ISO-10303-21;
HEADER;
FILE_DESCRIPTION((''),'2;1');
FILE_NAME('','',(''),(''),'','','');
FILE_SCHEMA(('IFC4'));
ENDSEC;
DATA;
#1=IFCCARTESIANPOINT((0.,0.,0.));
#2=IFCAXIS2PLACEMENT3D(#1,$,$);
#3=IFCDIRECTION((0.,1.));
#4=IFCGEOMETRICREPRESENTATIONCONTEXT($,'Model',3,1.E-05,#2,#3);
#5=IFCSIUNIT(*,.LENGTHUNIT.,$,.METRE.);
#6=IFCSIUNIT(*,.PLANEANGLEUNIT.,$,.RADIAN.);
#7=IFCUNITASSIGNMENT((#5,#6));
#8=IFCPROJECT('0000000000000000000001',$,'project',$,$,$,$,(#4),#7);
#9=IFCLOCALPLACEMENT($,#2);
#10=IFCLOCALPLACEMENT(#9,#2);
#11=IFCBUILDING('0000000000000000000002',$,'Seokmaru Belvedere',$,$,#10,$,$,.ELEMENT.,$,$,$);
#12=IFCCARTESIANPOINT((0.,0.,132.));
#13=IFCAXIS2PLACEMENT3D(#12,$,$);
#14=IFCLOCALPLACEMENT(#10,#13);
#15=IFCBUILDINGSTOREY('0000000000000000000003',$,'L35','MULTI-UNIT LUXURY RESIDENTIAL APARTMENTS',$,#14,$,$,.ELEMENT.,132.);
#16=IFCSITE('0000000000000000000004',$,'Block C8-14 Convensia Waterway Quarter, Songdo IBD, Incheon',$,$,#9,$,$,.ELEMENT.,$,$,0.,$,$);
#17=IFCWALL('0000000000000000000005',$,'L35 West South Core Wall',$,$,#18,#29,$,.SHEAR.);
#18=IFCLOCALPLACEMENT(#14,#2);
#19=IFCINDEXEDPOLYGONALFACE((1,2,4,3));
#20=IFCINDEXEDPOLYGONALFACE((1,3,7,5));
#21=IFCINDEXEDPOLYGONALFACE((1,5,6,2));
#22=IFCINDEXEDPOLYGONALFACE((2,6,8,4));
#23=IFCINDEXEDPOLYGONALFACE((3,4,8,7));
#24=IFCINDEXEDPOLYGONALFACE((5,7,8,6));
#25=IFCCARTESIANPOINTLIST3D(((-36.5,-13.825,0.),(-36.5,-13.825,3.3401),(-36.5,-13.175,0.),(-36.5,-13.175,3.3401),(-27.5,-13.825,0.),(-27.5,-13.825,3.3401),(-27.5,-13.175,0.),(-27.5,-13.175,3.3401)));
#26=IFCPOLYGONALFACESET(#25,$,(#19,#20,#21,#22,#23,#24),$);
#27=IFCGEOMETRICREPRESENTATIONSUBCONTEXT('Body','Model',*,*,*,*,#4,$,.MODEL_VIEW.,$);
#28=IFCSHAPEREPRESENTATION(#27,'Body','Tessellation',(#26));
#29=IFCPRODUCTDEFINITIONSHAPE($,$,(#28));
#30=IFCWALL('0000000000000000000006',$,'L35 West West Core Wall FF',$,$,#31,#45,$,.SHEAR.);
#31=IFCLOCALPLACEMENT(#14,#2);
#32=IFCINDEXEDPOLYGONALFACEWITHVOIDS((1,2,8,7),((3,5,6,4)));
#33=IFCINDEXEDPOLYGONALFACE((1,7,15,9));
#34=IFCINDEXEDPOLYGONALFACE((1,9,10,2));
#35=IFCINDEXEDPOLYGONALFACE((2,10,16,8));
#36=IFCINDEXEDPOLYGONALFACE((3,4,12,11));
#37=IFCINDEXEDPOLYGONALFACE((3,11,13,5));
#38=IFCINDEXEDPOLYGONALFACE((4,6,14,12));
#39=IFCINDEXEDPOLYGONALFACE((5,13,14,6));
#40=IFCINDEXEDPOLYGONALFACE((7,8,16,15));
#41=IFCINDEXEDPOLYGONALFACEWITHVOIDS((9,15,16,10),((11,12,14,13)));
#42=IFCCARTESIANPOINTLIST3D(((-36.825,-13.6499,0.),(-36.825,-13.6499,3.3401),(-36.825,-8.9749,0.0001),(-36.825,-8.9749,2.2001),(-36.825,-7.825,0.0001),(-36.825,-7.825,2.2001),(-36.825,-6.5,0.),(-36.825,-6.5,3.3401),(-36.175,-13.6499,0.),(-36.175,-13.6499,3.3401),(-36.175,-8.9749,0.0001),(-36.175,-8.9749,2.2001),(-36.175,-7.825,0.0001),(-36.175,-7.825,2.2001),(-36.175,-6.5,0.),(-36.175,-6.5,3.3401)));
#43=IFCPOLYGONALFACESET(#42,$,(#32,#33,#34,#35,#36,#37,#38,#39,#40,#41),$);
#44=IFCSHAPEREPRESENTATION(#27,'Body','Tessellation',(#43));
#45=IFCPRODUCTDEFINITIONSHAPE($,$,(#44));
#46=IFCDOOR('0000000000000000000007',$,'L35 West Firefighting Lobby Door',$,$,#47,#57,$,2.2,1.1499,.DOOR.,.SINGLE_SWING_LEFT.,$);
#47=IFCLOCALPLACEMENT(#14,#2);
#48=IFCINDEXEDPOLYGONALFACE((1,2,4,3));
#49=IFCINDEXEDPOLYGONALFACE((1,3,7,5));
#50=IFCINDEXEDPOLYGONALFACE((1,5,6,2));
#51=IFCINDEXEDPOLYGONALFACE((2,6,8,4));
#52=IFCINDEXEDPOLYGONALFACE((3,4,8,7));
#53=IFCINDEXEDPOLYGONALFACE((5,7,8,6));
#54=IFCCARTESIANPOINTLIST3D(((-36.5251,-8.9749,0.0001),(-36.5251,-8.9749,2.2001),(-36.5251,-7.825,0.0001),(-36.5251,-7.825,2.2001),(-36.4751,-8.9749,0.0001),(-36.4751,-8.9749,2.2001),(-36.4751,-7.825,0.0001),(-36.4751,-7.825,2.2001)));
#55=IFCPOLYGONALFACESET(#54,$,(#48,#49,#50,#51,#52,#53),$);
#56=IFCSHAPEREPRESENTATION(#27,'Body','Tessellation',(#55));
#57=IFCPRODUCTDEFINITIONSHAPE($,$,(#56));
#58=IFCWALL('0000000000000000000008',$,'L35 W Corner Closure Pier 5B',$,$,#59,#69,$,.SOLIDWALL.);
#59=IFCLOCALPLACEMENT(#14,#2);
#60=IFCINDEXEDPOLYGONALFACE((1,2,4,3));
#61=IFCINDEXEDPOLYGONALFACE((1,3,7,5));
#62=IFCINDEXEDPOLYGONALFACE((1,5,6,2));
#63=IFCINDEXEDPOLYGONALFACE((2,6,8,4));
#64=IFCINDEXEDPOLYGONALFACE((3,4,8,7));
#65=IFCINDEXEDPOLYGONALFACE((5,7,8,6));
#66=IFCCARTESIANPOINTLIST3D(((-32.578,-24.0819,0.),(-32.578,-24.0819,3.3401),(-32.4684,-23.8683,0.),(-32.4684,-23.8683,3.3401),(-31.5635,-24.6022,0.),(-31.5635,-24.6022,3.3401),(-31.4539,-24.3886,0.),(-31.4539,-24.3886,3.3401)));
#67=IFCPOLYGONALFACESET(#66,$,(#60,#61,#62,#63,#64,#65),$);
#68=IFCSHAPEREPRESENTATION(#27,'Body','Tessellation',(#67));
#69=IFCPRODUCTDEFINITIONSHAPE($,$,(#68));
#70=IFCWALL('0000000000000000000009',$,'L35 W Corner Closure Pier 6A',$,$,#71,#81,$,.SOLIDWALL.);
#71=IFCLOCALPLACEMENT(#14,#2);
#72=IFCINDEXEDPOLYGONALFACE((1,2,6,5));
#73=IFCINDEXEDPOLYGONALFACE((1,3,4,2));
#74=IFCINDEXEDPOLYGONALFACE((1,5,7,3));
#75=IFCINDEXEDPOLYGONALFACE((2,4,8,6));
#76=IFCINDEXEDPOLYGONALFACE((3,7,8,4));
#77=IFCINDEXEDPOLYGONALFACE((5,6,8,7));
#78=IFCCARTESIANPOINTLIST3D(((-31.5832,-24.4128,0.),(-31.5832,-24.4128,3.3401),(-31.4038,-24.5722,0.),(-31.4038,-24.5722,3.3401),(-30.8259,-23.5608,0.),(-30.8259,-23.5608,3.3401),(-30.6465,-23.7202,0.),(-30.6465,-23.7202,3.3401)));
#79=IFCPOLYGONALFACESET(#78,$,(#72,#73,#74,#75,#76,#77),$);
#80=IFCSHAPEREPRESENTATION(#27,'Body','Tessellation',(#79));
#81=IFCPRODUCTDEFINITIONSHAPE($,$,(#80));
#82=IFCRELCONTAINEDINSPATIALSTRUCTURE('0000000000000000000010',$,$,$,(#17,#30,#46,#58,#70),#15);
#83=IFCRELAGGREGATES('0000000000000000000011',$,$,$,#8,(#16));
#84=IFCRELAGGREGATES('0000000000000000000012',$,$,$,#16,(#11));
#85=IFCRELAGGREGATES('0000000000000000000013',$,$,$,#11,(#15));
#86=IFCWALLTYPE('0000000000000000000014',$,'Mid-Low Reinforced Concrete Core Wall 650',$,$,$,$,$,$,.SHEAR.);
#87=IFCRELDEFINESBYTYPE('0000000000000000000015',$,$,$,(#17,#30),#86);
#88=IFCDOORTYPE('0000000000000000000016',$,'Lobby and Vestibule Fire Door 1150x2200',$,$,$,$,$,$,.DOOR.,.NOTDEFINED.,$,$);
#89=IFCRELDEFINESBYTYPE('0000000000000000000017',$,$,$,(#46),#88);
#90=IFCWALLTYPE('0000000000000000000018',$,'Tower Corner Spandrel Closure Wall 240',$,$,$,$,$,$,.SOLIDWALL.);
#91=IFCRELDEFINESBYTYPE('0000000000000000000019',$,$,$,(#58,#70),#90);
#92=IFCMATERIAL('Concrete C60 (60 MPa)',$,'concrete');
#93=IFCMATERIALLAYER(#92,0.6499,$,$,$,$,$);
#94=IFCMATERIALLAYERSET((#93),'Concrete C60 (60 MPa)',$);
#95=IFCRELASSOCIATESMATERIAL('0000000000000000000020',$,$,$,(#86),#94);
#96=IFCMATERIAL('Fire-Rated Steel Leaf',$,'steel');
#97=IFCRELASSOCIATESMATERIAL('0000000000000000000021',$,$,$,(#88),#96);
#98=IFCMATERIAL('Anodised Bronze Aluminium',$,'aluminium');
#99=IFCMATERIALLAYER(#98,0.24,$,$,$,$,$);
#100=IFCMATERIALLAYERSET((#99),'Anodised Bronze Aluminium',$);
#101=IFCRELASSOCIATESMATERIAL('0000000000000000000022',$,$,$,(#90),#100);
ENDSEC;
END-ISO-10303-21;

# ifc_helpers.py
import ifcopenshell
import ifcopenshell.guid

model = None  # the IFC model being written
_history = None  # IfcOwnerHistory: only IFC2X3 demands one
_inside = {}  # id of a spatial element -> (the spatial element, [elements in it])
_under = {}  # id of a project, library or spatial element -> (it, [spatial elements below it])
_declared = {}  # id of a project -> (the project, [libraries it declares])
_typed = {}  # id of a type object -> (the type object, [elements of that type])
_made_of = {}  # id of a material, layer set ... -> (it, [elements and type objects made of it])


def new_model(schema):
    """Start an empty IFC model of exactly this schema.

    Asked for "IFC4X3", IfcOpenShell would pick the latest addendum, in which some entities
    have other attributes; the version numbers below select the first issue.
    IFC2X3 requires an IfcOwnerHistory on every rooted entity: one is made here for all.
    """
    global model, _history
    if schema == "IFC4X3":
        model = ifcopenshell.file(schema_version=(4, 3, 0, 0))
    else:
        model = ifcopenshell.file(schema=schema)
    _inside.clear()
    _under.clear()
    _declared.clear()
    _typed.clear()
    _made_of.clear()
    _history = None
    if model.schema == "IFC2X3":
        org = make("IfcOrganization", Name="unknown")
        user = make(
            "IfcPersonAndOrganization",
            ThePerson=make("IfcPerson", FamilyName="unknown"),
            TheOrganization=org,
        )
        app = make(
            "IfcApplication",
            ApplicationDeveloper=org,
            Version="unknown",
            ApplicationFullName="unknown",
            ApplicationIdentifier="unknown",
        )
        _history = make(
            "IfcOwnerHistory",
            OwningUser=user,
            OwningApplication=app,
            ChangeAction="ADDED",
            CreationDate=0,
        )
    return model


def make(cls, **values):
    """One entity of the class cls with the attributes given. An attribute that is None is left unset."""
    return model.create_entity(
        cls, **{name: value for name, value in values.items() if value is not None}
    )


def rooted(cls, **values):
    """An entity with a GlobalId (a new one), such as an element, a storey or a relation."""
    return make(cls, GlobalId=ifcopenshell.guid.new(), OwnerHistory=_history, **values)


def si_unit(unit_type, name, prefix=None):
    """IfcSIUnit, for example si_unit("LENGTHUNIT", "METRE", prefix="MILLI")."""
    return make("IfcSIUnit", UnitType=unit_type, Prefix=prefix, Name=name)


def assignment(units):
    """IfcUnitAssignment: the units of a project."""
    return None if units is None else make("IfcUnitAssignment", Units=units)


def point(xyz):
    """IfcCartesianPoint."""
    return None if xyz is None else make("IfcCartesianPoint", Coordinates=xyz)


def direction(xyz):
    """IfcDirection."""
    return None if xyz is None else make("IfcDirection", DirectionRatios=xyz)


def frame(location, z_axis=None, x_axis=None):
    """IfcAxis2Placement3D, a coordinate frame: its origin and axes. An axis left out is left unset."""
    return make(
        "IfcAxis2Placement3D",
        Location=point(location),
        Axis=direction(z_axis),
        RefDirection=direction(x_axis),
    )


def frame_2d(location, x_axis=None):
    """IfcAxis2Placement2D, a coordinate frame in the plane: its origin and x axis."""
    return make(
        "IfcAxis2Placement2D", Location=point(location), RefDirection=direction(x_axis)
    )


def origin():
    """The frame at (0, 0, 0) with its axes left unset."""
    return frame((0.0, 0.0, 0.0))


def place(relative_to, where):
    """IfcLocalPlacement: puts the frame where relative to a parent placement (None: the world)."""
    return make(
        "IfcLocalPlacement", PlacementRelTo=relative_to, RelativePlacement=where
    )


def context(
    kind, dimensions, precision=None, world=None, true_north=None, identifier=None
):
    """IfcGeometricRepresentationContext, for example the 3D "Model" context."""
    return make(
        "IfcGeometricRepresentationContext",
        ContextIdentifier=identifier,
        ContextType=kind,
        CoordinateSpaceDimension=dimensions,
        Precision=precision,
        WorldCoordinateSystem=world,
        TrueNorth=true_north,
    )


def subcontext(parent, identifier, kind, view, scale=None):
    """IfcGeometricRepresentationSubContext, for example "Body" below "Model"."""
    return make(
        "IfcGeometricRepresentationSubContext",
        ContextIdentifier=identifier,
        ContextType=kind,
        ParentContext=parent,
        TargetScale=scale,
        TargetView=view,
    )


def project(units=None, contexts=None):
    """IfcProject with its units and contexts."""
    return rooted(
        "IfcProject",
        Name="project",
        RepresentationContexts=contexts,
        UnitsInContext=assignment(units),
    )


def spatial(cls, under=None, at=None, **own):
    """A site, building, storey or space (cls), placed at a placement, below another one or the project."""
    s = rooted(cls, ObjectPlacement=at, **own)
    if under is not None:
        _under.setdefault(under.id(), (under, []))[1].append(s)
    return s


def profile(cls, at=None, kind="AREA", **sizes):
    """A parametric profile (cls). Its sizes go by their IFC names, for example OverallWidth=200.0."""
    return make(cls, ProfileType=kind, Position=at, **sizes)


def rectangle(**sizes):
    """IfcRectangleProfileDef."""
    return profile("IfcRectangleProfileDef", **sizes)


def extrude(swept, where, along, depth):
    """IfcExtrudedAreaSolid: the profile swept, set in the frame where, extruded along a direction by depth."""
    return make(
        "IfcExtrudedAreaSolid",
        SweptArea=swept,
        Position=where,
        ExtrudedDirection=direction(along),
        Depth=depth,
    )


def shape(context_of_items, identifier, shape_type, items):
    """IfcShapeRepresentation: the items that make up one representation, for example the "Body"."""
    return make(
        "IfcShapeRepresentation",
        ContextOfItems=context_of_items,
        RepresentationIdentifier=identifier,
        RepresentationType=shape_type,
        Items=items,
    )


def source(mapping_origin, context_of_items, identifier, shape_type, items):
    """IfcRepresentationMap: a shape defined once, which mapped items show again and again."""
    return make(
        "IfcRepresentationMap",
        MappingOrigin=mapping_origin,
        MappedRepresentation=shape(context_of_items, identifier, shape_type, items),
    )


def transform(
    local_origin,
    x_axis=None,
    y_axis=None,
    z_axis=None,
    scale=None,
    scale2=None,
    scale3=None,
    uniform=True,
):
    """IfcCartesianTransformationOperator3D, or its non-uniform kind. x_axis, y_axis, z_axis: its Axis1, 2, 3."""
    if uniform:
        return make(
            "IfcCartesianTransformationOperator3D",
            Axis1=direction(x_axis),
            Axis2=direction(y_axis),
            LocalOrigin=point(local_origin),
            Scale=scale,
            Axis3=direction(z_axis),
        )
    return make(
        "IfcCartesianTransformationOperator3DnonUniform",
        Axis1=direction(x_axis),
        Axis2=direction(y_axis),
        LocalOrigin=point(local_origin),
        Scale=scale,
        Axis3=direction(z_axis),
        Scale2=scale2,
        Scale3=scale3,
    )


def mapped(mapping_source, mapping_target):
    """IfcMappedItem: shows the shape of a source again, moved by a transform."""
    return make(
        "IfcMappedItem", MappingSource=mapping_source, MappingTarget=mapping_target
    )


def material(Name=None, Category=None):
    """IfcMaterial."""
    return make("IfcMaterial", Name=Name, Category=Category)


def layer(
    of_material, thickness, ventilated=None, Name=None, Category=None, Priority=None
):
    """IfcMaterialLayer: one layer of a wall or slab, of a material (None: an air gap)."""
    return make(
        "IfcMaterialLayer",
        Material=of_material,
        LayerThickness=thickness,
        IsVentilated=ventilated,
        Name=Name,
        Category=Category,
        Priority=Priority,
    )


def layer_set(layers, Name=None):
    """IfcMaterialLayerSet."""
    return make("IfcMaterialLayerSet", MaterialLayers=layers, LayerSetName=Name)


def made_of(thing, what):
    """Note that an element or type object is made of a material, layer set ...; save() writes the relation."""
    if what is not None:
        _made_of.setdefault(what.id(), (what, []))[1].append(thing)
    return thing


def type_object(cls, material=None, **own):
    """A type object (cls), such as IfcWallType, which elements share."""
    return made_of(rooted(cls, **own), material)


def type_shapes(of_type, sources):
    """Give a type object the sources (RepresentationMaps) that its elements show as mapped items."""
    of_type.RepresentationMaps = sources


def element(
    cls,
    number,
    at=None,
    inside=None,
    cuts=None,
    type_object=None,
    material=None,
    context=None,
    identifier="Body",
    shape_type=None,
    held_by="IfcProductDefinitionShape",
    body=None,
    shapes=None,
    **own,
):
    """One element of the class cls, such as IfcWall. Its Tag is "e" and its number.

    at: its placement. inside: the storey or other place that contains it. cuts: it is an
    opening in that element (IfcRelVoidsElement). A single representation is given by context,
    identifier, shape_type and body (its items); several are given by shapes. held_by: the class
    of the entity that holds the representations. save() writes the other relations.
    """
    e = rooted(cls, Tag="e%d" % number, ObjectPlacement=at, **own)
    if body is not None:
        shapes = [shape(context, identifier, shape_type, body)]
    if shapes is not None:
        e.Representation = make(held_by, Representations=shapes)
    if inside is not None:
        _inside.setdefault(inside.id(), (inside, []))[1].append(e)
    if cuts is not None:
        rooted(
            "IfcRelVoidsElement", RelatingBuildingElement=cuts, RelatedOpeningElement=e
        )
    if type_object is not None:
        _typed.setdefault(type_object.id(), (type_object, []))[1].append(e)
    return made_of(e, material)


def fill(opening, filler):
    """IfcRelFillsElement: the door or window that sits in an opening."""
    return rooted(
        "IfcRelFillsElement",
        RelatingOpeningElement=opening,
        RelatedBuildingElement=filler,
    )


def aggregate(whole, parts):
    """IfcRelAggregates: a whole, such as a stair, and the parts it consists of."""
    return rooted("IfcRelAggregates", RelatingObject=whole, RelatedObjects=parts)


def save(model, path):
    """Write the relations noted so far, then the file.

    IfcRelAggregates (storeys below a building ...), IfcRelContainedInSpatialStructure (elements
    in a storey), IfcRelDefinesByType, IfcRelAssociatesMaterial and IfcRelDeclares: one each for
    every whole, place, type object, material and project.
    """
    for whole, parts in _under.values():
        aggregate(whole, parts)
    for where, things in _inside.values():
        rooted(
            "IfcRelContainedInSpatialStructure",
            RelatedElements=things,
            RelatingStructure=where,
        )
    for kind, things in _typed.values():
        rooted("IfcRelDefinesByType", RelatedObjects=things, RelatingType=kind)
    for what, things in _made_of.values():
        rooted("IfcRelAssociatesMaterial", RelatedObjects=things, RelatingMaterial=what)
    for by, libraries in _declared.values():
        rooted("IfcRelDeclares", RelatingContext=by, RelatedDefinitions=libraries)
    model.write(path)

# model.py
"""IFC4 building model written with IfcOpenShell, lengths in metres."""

from ifc_helpers import new_model, si_unit, direction, frame, frame_2d, origin, place, context, subcontext, project, spatial, rectangle, extrude, source, transform, mapped, material, layer, layer_set, type_object, type_shapes, element, fill, save


model = new_model("IFC4")

# Units and contexts
model_context = context("Model", 3, precision=1e-05, world=origin(), true_north=direction((0.0, 1.0)))
body_context = subcontext(model_context, "Body", "Model", "MODEL_VIEW")
ifc_project = project(units=[si_unit("LENGTHUNIT", "METRE"), si_unit("PLANEANGLEUNIT", "RADIAN")], contexts=[model_context])

# Site, building, storey
site_placement = place(None, origin())
site = spatial("IfcSite", under=ifc_project, at=site_placement, Name="Block C8-14 Convensia Waterway Quarter, Songdo IBD, Incheon", CompositionType="ELEMENT", RefElevation=0.0)
building_placement = place(site_placement, origin())
building = spatial("IfcBuilding", under=site, at=building_placement, Name="Seokmaru Belvedere", CompositionType="ELEMENT")
storey_placement = place(building_placement, frame((0.0, 0.0, 132.0)))
storey = spatial("IfcBuildingStorey", under=building, at=storey_placement, Name="L35", Description="MULTI-UNIT LUXURY RESIDENTIAL APARTMENTS", CompositionType="ELEMENT", Elevation=132.0)

# Shared definitions
ifc_material_1 = material(Name="Anodised Bronze Aluminium", Category="aluminium")

# Wall
ifc_material_2 = material(Name="Concrete C60 (60 MPa)", Category="concrete")
ifc_layer_1 = layer(ifc_material_2, 0.6499)
ifc_layer_set_1 = layer_set([ifc_layer_1], Name="Concrete C60 (60 MPa)")
wall_type_1 = type_object("IfcWallType", Name="Mid-Low Reinforced Concrete Core Wall 650", PredefinedType="SHEAR", material=ifc_layer_set_1)
wall_1_placement = place(storey_placement, frame((-36.5, -13.5, 0.0), z_axis=(0.0, 0.0, 1.0), x_axis=(1.0, 0.0, 0.0)))
element("IfcWall", 1, at=wall_1_placement, inside=storey, type_object=wall_type_1, Name="L35 West South Core Wall", PredefinedType="SHEAR", context=body_context, shape_type="SweptSolid", body=[
    extrude(rectangle(XDim=9.0, YDim=0.6499, at=frame_2d((4.5, 0.0))), origin(), (0.0, 0.0, 1.0), 3.3401),
])

# Wall, opening, door
wall_2_placement = place(storey_placement, frame((-36.5, -13.6499, 0.0), z_axis=(0.0, 0.0, 1.0), x_axis=(0.0, 1.0, 0.0)))
wall_2 = element("IfcWall", 2, at=wall_2_placement, inside=storey, type_object=wall_type_1, Name="L35 West West Core Wall FF", PredefinedType="SHEAR", context=body_context, shape_type="SweptSolid", body=[
    extrude(rectangle(XDim=7.1499, YDim=0.6499, at=frame_2d((3.575, 0.0))), origin(), (0.0, 0.0, 1.0), 3.3401),
])
opening_placement = place(wall_2_placement, frame((4.675, 0.0, 0.0)))
opening = element("IfcOpeningElement", 3, at=opening_placement, cuts=wall_2, PredefinedType="OPENING", context=body_context, shape_type="SweptSolid", body=[
    extrude(rectangle(XDim=1.1499, YDim=2.2, at=frame_2d((0.575, 1.1001))), frame((0.0, 0.335, 0.0), z_axis=(0.0, -1.0, 0.0), x_axis=(1.0, 0.0, 0.0)), (0.0, 0.0, 1.0), 0.6699),
])
ifc_material_3 = material(Name="Fire-Rated Steel Leaf", Category="steel")
door_type = type_object("IfcDoorType", Name="Lobby and Vestibule Fire Door 1150x2200", OperationType="NOTDEFINED", PredefinedType="DOOR", material=ifc_material_3)
shared_shape_1 = source(origin(), body_context, "Body", "SweptSolid", [
    extrude(rectangle(XDim=1.1499, YDim=2.2, at=frame_2d((0.575, 1.1001))), frame((0.0, 0.0249, 0.0), z_axis=(0.0, -1.0, 0.0), x_axis=(1.0, 0.0, 0.0)), (0.0, 0.0, 1.0), 0.05),
])
type_shapes(door_type, [shared_shape_1])
door_placement = place(opening_placement, frame((1.1499, 0.0, 0.0), z_axis=(0.0, 0.0, 1.0), x_axis=(-1.0, 0.0, 0.0)))
door = element("IfcDoor", 4, at=door_placement, inside=storey, type_object=door_type, Name="L35 West Firefighting Lobby Door", OperationType="SINGLE_SWING_LEFT", OverallHeight=2.2, OverallWidth=1.1499, PredefinedType="DOOR", context=body_context, shape_type="MappedRepresentation", body=[
    mapped(shared_shape_1, transform((0.0, 0.0, 0.0), scale=1.0)),
])
fill(opening, door)

# Walls
ifc_layer_2 = layer(ifc_material_1, 0.24)
ifc_layer_set_2 = layer_set([ifc_layer_2], Name="Anodised Bronze Aluminium")
wall_type_2 = type_object("IfcWallType", Name="Tower Corner Spandrel Closure Wall 240", PredefinedType="SOLIDWALL", material=ifc_layer_set_2)
wall_3_placement = place(storey_placement, frame((-32.5232, -23.9751, 0.0), z_axis=(0.0, 0.0, 1.0), x_axis=(0.889797, -0.456356, 0.0)))
element("IfcWall", 5, at=wall_3_placement, inside=storey, type_object=wall_type_2, Name="L35 W Corner Closure Pier 5B", PredefinedType="SOLIDWALL", context=body_context, shape_type="SweptSolid", body=[
    extrude(rectangle(XDim=1.1401, YDim=0.24, at=frame_2d((0.5701, 0.0))), origin(), (0.0, 0.0, 1.0), 3.3401),
])
wall_4_placement = place(storey_placement, frame((-31.4934, -24.4924, 0.0), z_axis=(0.0, 0.0, 1.0), x_axis=(0.664337, 0.747433, 0.0)))
element("IfcWall", 6, at=wall_4_placement, inside=storey, type_object=wall_type_2, Name="L35 W Corner Closure Pier 6A", PredefinedType="SOLIDWALL", context=body_context, shape_type="SweptSolid", body=[
    extrude(rectangle(XDim=1.1399, YDim=0.24, at=frame_2d((0.5698, 0.0))), origin(), (0.0, 0.0, 1.0), 3.3401),
])

save(model, "model.ifc")
